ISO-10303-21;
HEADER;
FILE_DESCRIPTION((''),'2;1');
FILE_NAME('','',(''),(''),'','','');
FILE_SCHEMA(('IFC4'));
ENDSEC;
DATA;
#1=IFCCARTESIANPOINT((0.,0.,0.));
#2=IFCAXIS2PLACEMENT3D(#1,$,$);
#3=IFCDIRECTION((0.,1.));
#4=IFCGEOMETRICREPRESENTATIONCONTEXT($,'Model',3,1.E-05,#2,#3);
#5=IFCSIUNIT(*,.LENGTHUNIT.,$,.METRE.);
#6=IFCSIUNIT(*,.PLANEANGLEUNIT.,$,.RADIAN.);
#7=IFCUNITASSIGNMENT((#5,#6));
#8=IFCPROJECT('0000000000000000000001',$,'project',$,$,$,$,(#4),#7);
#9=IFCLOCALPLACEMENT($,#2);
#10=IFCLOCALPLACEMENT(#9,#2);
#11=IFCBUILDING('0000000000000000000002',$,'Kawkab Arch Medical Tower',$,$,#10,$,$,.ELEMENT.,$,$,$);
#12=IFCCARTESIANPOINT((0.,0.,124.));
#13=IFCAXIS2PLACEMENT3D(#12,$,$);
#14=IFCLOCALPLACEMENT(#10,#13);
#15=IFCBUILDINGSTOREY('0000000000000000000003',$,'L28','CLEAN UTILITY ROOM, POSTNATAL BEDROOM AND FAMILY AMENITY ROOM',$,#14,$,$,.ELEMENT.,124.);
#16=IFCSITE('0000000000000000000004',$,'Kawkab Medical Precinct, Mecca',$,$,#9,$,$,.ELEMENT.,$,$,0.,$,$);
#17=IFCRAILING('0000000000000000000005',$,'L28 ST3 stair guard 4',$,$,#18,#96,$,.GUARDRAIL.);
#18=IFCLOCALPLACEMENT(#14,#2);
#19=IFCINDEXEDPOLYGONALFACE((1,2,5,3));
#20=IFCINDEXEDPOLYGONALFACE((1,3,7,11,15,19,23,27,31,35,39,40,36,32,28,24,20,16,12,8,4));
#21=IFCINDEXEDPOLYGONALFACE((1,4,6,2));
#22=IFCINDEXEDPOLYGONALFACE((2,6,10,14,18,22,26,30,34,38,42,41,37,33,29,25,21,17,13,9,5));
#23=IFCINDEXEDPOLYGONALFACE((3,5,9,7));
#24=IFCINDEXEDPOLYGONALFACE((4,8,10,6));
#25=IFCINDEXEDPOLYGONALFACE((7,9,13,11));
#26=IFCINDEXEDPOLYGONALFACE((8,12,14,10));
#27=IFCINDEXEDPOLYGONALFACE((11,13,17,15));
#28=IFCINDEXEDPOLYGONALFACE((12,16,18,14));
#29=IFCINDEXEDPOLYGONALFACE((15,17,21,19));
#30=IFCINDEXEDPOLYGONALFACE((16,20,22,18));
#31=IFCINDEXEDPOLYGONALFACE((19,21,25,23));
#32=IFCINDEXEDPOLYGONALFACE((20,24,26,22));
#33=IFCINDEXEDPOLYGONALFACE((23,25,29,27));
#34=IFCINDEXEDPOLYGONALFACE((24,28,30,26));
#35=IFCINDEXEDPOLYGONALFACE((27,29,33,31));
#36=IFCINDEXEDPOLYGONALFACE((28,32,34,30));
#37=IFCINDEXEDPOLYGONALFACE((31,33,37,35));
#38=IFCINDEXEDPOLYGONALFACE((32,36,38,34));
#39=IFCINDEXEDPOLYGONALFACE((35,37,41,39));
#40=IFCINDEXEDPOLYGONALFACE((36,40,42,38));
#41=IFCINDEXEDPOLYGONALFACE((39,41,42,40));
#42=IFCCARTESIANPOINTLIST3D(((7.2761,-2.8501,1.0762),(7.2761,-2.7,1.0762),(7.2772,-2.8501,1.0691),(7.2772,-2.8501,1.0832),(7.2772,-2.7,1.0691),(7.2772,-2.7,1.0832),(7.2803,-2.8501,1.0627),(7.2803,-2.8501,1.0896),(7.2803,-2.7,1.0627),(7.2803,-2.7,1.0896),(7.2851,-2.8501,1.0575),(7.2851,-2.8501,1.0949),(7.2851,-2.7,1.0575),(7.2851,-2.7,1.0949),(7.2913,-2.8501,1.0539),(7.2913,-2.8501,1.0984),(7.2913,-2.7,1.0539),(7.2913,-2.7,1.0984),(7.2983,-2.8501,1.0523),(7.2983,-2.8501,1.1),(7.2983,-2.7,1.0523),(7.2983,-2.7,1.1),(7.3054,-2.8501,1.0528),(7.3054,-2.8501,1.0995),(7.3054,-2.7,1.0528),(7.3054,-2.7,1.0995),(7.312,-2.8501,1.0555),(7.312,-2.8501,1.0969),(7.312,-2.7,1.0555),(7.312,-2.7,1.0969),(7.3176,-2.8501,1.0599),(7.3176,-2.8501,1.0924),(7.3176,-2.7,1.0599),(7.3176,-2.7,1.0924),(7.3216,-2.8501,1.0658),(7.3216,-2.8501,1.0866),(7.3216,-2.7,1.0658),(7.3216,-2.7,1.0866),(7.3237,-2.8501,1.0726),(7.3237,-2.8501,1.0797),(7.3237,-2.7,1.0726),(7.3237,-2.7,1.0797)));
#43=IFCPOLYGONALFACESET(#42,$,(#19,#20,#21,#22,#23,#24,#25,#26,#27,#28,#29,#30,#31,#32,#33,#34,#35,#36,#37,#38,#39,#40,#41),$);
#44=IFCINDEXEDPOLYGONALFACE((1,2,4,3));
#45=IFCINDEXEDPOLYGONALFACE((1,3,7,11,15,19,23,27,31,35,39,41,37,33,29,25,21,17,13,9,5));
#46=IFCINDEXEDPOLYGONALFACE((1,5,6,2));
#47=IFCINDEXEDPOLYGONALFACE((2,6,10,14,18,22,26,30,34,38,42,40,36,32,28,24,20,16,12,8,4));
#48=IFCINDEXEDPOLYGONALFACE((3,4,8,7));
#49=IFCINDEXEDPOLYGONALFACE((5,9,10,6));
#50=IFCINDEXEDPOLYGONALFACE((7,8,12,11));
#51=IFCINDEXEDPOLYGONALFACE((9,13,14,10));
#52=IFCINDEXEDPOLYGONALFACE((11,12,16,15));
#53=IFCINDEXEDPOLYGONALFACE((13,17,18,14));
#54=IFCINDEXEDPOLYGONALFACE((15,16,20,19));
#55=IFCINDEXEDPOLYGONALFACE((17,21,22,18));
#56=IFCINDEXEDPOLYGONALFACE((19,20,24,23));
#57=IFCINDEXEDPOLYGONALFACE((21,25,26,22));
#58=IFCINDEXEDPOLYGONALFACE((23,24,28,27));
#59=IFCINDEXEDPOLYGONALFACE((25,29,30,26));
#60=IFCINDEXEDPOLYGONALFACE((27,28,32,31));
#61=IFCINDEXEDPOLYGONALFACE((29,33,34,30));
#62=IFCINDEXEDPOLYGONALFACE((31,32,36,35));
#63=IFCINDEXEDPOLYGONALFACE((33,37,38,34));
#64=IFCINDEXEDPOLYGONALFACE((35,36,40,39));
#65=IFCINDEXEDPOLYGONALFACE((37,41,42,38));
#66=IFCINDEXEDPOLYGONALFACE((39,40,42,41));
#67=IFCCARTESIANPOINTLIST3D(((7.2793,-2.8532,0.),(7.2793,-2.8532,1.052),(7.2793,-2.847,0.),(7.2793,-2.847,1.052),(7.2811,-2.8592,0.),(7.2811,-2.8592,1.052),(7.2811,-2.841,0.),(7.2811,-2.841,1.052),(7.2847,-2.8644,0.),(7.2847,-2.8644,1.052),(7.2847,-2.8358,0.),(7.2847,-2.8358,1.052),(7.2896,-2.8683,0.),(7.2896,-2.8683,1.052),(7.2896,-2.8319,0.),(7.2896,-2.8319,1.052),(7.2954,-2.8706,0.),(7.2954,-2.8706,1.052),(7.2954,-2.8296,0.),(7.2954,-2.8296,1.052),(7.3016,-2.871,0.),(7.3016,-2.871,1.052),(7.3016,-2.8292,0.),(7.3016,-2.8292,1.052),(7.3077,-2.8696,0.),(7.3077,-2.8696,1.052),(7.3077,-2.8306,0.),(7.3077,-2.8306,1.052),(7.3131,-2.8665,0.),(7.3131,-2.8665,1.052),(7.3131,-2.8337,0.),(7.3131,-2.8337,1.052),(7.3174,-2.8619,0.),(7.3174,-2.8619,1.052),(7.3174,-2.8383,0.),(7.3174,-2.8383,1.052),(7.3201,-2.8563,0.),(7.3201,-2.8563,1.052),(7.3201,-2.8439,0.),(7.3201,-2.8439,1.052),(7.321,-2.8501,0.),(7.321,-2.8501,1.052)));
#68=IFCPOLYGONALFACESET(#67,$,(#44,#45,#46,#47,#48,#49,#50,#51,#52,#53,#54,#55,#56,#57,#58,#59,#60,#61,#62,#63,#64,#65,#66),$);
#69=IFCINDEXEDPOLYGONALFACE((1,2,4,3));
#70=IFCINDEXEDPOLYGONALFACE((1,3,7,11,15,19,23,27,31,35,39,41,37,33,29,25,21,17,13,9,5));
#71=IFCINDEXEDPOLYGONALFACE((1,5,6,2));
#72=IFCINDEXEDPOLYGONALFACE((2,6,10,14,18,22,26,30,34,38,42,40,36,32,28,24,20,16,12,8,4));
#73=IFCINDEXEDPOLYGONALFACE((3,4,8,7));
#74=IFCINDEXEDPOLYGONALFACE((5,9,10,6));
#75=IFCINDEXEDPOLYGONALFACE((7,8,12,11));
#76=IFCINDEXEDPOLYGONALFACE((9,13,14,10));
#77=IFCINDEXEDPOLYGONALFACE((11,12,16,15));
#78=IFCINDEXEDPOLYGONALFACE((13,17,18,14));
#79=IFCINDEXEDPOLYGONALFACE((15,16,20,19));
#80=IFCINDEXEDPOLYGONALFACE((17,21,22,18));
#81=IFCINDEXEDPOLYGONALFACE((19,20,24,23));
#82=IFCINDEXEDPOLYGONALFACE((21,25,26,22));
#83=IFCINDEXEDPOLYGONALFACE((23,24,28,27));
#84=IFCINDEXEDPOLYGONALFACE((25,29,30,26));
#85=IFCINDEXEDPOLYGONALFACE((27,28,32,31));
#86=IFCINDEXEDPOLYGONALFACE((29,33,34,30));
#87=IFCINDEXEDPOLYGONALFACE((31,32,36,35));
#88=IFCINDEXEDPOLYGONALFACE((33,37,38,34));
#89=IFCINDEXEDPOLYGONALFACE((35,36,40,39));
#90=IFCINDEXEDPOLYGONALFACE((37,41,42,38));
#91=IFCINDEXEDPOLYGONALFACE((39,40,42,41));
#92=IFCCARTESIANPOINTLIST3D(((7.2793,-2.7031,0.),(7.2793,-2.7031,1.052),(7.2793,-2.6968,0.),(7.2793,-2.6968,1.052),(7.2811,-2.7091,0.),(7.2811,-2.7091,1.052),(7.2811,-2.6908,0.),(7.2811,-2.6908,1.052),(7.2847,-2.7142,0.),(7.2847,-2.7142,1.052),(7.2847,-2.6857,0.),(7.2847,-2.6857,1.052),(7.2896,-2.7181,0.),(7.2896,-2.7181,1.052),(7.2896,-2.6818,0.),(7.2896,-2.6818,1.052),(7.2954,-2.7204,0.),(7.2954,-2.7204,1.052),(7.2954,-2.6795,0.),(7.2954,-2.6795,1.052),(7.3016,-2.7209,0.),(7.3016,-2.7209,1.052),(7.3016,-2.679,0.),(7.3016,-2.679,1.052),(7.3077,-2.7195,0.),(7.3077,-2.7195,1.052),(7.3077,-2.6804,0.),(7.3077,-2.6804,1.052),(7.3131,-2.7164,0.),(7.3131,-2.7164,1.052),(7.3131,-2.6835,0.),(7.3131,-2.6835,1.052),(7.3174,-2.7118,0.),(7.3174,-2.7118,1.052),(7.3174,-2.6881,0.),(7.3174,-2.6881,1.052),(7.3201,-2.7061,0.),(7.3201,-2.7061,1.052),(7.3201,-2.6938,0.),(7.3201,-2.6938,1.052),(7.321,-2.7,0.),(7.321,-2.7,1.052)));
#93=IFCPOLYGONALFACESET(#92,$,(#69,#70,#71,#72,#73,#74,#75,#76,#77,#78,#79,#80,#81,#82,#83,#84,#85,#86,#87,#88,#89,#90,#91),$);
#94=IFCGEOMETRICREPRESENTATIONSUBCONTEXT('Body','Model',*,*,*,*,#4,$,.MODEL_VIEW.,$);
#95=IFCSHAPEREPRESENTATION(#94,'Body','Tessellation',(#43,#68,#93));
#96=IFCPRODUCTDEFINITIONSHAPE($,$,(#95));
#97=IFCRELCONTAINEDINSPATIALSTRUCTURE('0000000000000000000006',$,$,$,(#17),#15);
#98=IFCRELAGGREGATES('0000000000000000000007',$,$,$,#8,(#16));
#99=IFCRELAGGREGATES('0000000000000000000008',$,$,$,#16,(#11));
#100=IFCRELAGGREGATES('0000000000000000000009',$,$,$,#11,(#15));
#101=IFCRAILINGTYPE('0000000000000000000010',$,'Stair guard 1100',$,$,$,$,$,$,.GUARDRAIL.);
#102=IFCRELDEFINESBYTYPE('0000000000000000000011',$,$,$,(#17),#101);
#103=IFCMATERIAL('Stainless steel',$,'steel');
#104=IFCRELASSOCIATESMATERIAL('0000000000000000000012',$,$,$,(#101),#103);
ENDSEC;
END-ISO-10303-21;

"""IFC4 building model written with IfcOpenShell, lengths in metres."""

from ifc_helpers import new_model, si_unit, direction, frame, origin, origin_2d, place, context, subcontext, project, spatial, circle, extrude, material, type_object, element, save


model = new_model("IFC4")

# Units and contexts
model_context = context("Model", 3, precision=1e-05, world=origin(), true_north=direction((0.0, 1.0)))
body_context = subcontext(model_context, "Body", "Model", "MODEL_VIEW")
ifc_project = project(units=[si_unit("LENGTHUNIT", "METRE"), si_unit("PLANEANGLEUNIT", "RADIAN")], contexts=[model_context])

# Site, building, storey
site_placement = place(None, origin())
site = spatial("IfcSite", under=ifc_project, at=site_placement, Name="Kawkab Medical Precinct, Mecca", CompositionType="ELEMENT", RefElevation=0.0)
building_placement = place(site_placement, origin())
building = spatial("IfcBuilding", under=site, at=building_placement, Name="Kawkab Arch Medical Tower", CompositionType="ELEMENT")
storey_placement = place(building_placement, frame((0.0, 0.0, 124.0)))
storey = spatial("IfcBuildingStorey", under=building, at=storey_placement, Name="L28", Description="CLEAN UTILITY ROOM, POSTNATAL BEDROOM AND FAMILY AMENITY ROOM", CompositionType="ELEMENT", Elevation=124.0)

# Railing
ifc_material_1 = material(Name="Stainless steel", Category="steel")
railing_type_1 = type_object("IfcRailingType", Name="Stair guard 1100", PredefinedType="GUARDRAIL", material=ifc_material_1)
railing_1_placement = place(storey_placement, frame((7.3, -2.8501, 0.0)))
element("IfcRailing", 1, at=railing_1_placement, inside=storey, type_object=railing_type_1, Name="L28 ST3 stair guard 4", PredefinedType="GUARDRAIL", context=body_context, shape_type="SweptSolid", body=[
    extrude(circle(Radius=0.0239, at=origin_2d()), frame((0.0, 0.0, 1.0762), z_axis=(0.0, 1.0, 0.0), x_axis=(-1.0, 0.0, 0.0)), (0.0, 0.0, 1.0), 0.1501),
    extrude(circle(Radius=0.021, at=origin_2d()), origin(), (0.0, 0.0, 1.0), 1.052),
    extrude(circle(Radius=0.021, at=origin_2d()), frame((0.0, 0.1501, 0.0)), (0.0, 0.0, 1.0), 1.052),
])

save(model, "model.ifc")
